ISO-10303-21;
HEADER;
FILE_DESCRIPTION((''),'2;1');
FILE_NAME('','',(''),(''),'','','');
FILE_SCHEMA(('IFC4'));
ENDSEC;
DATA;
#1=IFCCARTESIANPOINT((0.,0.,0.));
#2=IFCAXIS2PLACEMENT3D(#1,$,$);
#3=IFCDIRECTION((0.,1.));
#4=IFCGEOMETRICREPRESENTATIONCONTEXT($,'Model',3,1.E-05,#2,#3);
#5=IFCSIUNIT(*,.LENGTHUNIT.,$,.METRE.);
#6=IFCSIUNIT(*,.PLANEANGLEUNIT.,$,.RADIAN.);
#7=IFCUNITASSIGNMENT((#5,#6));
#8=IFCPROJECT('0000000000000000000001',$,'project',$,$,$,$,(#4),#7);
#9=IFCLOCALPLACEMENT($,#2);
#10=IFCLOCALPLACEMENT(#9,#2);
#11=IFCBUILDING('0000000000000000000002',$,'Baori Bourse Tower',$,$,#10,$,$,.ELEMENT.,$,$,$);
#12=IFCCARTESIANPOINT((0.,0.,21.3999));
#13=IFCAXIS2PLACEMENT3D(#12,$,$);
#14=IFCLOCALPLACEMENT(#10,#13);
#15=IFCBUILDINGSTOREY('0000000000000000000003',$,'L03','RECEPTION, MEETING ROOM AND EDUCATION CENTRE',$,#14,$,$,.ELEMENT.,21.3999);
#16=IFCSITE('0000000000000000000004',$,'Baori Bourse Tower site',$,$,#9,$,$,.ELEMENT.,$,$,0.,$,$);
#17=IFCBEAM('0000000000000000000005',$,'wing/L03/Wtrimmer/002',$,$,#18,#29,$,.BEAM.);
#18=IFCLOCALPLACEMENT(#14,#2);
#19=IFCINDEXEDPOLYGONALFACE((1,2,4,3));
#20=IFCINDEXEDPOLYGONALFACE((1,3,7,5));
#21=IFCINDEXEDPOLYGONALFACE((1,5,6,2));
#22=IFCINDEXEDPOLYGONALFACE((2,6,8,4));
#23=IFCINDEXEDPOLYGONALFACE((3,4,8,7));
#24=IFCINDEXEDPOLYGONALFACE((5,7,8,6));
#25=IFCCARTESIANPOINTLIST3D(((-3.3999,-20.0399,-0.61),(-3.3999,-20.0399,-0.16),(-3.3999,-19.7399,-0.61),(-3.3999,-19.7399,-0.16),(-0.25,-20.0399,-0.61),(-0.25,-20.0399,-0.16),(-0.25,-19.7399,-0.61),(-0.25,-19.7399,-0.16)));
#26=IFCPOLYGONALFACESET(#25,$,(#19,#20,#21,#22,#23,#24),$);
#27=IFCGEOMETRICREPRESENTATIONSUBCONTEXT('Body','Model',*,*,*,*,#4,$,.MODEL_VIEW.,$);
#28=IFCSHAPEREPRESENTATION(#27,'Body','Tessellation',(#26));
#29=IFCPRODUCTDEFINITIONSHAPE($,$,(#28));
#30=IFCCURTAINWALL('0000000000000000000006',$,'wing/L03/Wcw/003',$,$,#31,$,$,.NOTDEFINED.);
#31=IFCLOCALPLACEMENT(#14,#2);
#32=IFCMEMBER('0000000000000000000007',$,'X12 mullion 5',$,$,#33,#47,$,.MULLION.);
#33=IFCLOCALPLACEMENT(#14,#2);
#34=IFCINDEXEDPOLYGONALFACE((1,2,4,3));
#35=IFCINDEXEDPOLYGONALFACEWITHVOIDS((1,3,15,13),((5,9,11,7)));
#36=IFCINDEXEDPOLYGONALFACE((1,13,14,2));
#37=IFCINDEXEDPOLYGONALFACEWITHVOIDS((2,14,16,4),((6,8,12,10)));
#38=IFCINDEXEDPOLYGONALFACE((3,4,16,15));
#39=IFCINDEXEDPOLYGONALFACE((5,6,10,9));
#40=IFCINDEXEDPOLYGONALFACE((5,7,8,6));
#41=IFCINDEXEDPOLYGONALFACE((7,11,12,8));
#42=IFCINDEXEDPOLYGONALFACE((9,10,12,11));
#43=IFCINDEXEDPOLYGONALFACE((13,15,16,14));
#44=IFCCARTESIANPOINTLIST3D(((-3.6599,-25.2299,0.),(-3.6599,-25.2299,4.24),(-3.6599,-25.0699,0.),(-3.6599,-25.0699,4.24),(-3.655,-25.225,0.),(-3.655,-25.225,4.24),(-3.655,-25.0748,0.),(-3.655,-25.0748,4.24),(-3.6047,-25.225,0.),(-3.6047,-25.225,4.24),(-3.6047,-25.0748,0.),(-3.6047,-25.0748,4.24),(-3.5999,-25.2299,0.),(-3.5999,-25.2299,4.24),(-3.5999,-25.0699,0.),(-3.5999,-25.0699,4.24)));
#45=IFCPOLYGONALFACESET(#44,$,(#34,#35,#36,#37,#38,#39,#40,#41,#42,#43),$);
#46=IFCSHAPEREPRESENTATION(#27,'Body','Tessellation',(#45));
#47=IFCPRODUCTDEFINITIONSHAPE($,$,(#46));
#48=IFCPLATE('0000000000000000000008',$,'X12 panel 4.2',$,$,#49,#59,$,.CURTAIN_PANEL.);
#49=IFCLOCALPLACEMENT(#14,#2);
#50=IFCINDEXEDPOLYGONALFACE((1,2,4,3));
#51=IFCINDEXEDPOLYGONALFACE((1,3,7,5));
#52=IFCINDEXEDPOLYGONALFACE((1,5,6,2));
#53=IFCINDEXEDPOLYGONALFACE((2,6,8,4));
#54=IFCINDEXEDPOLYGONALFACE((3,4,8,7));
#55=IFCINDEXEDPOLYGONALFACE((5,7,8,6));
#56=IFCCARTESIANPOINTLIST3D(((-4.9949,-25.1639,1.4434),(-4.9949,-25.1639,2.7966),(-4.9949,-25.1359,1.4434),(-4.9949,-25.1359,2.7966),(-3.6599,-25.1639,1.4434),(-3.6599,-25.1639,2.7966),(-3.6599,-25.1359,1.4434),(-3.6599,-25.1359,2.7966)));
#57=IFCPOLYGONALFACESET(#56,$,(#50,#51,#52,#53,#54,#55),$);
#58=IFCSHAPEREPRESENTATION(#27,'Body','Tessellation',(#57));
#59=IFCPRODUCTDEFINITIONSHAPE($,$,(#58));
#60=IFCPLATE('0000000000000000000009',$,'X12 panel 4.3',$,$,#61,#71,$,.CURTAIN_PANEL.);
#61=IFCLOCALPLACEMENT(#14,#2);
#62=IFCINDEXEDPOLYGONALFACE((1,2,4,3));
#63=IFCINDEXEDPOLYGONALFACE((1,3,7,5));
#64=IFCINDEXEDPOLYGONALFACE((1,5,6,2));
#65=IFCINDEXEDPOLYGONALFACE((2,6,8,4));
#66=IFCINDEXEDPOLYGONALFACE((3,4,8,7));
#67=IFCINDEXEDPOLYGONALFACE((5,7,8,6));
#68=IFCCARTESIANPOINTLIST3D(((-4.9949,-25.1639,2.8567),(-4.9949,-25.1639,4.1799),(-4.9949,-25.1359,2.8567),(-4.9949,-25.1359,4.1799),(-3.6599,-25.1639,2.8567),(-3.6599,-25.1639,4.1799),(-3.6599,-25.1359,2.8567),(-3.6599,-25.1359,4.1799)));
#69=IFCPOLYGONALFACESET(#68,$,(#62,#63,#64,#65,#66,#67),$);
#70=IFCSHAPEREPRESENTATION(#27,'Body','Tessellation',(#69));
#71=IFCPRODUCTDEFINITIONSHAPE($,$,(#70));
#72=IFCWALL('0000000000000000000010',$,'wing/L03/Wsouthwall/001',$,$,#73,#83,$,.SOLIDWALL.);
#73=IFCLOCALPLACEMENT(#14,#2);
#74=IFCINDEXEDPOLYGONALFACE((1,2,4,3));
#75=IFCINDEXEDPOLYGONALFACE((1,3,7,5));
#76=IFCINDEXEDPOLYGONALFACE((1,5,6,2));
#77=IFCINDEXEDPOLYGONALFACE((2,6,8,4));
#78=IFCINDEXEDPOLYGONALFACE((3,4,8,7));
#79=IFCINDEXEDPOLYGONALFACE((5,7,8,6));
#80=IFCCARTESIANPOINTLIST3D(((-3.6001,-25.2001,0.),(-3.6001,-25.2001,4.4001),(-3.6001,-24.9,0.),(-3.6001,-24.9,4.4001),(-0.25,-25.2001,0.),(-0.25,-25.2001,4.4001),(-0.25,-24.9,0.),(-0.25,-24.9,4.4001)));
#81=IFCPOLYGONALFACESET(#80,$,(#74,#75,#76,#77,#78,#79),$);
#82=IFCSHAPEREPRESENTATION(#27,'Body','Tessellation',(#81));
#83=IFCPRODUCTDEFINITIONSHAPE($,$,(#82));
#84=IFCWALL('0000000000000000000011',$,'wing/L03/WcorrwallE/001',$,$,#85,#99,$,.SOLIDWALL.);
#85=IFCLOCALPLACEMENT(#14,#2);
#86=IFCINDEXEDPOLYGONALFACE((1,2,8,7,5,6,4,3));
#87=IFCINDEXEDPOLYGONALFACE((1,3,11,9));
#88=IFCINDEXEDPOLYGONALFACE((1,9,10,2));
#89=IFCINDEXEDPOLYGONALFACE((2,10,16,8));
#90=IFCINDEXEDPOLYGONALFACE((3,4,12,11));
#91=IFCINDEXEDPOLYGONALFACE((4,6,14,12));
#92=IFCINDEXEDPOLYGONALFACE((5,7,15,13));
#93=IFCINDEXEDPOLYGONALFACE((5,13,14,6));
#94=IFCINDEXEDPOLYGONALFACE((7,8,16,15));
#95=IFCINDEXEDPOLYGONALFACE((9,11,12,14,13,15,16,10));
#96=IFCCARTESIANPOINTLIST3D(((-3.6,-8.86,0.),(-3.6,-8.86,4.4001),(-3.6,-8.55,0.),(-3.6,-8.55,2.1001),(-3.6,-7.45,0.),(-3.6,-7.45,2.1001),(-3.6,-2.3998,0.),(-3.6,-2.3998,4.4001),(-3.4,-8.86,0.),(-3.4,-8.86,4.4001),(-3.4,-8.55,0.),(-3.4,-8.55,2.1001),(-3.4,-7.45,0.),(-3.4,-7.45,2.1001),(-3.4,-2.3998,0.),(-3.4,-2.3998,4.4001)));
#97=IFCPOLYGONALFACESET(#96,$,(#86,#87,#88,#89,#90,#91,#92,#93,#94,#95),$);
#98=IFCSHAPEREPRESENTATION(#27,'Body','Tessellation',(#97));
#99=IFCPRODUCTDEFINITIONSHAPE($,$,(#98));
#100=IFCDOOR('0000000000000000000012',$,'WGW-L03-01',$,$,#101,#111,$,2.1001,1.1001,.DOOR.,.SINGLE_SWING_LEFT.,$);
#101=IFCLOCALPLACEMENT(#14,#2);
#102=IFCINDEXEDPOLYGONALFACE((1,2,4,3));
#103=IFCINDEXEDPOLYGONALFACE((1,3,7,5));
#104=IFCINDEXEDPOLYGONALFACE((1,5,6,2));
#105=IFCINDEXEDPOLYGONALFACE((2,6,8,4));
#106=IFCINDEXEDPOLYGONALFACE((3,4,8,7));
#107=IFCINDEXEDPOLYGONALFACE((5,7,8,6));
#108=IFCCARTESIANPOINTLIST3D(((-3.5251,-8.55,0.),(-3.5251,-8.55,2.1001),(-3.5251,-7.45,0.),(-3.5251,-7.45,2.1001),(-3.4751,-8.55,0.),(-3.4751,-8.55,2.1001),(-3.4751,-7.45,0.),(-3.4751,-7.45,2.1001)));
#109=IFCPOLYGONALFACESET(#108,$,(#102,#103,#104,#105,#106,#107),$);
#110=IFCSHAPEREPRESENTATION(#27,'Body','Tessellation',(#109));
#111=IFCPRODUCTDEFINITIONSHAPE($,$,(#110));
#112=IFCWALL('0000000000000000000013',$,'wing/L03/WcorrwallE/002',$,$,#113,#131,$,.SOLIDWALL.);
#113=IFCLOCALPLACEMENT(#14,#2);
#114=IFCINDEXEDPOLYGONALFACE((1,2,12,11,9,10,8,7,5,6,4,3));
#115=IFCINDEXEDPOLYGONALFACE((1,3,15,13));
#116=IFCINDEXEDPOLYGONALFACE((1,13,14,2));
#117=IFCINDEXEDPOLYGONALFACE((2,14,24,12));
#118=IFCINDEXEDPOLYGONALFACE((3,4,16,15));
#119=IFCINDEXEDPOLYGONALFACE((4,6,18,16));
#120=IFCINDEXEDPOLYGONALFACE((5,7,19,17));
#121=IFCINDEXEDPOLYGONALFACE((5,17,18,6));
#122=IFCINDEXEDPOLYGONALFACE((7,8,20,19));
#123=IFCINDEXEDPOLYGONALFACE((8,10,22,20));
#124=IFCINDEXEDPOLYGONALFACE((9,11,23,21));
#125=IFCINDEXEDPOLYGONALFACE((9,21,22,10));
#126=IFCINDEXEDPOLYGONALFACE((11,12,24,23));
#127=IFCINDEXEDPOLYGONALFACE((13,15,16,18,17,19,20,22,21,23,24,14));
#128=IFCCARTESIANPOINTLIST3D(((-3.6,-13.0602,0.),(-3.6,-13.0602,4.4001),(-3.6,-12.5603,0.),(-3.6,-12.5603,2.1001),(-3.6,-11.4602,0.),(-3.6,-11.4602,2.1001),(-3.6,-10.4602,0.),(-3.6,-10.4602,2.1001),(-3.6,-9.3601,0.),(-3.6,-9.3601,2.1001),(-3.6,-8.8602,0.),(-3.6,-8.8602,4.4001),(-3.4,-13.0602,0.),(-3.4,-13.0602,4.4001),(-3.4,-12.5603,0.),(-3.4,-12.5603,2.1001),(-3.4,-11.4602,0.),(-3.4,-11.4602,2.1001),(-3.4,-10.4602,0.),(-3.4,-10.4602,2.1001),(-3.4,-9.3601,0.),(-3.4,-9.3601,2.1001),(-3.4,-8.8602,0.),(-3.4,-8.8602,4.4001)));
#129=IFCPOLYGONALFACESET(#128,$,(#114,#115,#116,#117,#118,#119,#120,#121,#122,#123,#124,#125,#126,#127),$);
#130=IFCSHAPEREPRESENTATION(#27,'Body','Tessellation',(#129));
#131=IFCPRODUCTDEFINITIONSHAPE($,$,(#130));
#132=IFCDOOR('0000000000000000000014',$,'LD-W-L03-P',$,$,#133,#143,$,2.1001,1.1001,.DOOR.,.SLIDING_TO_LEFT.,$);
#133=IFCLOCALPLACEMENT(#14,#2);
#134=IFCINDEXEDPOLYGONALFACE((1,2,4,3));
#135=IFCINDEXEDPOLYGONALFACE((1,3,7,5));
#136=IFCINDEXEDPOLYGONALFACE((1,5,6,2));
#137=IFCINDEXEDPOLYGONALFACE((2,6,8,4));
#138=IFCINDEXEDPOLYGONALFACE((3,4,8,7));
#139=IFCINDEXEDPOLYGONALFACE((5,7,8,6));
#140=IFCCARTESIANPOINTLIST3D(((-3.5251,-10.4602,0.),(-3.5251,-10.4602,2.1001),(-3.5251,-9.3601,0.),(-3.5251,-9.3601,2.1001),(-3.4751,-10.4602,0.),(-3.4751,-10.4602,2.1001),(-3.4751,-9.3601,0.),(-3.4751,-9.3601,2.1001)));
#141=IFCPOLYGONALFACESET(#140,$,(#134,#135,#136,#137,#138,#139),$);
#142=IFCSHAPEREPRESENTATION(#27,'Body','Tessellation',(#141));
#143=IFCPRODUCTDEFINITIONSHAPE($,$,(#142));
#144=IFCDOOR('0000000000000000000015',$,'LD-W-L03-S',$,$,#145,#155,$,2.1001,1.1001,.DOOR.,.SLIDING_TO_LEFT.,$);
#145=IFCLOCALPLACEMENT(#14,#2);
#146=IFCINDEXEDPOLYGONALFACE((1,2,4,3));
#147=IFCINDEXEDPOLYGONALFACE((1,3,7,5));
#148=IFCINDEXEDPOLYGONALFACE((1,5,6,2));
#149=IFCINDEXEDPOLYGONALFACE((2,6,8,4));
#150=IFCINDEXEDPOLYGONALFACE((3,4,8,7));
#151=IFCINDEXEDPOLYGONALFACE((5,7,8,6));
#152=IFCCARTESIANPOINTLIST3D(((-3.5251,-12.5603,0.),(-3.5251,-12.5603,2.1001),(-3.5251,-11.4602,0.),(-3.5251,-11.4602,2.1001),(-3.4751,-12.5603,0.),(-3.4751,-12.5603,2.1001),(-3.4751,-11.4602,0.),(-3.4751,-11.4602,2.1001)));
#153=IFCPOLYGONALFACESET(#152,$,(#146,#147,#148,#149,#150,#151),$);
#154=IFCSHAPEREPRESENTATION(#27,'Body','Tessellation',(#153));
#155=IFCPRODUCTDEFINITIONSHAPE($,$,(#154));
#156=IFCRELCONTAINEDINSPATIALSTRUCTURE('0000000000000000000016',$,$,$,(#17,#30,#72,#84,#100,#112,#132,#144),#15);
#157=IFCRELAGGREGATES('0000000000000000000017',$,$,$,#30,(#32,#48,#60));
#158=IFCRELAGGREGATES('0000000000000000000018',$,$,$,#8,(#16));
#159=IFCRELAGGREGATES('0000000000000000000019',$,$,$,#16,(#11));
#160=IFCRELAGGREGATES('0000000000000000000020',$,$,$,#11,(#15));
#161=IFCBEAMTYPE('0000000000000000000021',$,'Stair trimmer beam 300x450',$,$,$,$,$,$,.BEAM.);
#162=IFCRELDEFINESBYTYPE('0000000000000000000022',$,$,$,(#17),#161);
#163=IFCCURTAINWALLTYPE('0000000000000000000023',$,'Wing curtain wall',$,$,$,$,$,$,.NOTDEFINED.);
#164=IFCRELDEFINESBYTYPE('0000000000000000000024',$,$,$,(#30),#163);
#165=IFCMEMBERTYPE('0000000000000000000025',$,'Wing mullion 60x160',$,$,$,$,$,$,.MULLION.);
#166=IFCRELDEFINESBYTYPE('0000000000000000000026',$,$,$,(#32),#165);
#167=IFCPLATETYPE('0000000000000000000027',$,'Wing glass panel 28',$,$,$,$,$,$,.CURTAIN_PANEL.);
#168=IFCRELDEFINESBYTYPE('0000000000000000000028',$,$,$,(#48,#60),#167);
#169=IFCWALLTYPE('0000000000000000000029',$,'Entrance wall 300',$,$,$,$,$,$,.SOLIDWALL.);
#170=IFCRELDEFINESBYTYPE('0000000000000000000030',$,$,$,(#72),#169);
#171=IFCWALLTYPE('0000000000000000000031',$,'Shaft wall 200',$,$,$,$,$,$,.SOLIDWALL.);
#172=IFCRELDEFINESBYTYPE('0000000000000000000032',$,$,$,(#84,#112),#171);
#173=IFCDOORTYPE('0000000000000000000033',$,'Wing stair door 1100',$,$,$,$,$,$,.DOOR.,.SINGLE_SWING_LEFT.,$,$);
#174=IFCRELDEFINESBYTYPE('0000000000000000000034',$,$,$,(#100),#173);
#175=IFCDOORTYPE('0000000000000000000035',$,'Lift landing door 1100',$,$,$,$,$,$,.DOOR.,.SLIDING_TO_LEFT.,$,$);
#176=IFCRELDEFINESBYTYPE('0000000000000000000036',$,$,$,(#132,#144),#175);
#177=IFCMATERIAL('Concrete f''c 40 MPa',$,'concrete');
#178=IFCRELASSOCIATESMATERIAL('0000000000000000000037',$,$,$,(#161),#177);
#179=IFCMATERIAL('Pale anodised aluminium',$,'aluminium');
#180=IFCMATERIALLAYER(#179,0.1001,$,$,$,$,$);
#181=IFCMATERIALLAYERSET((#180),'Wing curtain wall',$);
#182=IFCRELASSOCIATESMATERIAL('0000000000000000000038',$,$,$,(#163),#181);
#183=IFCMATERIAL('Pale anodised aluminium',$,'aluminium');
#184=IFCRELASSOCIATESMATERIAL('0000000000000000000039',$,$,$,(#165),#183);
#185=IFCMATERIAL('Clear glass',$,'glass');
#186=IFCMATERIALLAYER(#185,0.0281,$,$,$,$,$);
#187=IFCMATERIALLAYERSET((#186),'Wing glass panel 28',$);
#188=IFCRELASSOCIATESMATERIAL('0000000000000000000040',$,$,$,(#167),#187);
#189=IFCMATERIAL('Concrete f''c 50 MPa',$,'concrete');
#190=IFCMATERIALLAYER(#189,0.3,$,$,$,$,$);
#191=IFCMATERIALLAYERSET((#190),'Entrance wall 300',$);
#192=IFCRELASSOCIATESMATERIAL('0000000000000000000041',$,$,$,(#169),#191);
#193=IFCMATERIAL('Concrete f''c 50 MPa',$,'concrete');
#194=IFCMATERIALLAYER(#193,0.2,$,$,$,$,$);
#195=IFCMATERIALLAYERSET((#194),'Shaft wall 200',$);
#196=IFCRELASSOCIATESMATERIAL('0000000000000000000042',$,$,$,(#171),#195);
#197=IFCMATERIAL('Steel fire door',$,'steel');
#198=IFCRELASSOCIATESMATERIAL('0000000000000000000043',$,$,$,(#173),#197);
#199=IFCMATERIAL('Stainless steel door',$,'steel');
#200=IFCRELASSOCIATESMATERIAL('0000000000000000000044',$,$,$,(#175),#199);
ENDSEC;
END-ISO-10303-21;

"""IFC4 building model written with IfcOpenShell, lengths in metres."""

from ifc_helpers import new_model, si_unit, direction, frame, frame_2d, origin, origin_2d, place, context, subcontext, project, spatial, rectangle, hollow_rectangle, extrude, material, layer, layer_set, material_profile, profile_set, type_object, element, fill, aggregate, save


model = new_model("IFC4")

# Units and contexts
model_context = context("Model", 3, precision=1e-05, world=origin(), true_north=direction((0.0, 1.0)))
body_context = subcontext(model_context, "Body", "Model", "MODEL_VIEW")
ifc_project = project(units=[si_unit("LENGTHUNIT", "METRE"), si_unit("PLANEANGLEUNIT", "RADIAN")], contexts=[model_context])

# Site, building, storey
site_placement = place(None, origin())
site = spatial("IfcSite", under=ifc_project, at=site_placement, Name="Baori Bourse Tower site", CompositionType="ELEMENT", RefElevation=0.0)
building_placement = place(site_placement, origin())
building = spatial("IfcBuilding", under=site, at=building_placement, Name="Baori Bourse Tower", CompositionType="ELEMENT")
storey_placement = place(building_placement, frame((0.0, 0.0, 21.3999)))
storey = spatial("IfcBuildingStorey", under=building, at=storey_placement, Name="L03", Description="RECEPTION, MEETING ROOM AND EDUCATION CENTRE", CompositionType="ELEMENT", Elevation=21.3999)

# Beam
ifc_material_1 = material(Name="Concrete f'c 40 MPa", Category="concrete")
ifc_material_profile_1 = material_profile(ifc_material_1, rectangle(XDim=0.3, YDim=0.45, at=origin_2d()), Name="Stair trimmer beam 300x450")
ifc_profile_set_1 = profile_set([ifc_material_profile_1], Name="Concrete f'c 40 MPa")
beam_type = type_object("IfcBeamType", Name="Stair trimmer beam 300x450", PredefinedType="BEAM", material=ifc_profile_set_1)
beam_placement = place(storey_placement, frame((-3.3999, -19.8899, -0.385), z_axis=(1.0, 0.0, 0.0), x_axis=(0.0, 1.0, 0.0)))
element("IfcBeam", 1, at=beam_placement, inside=storey, type_object=beam_type, Name="wing/L03/Wtrimmer/002", PredefinedType="BEAM", context=body_context, shape_type="SweptSolid", body=[
    extrude(rectangle(XDim=0.3, YDim=0.45, at=origin_2d()), origin(), (0.0, 0.0, 1.0), 3.1499),
])

# Curtain wall, member, plates
ifc_material_2 = material(Name="Pale anodised aluminium", Category="aluminium")
ifc_layer_1 = layer(ifc_material_2, 0.1001)
ifc_layer_set_1 = layer_set([ifc_layer_1], Name="Wing curtain wall")
curtain_wall_type = type_object("IfcCurtainWallType", Name="Wing curtain wall", PredefinedType="NOTDEFINED", material=ifc_layer_set_1)
curtain_wall_placement = place(storey_placement, origin())
curtain_wall = element("IfcCurtainWall", 2, at=curtain_wall_placement, inside=storey, type_object=curtain_wall_type, Name="wing/L03/Wcw/003", PredefinedType="NOTDEFINED")
ifc_material_3 = material(Name="Pale anodised aluminium", Category="aluminium")
ifc_material_profile_2 = material_profile(ifc_material_3, hollow_rectangle(XDim=0.1599, YDim=0.0601, WallThickness=0.0049, at=origin_2d()), Name="Mullion 160x60x5")
ifc_profile_set_2 = profile_set([ifc_material_profile_2], Name="Pale anodised aluminium")
member_type = type_object("IfcMemberType", Name="Wing mullion 60x160", PredefinedType="MULLION", material=ifc_profile_set_2)
member_placement = place(storey_placement, frame((-3.6299, -25.1499, 0.0), z_axis=(0.0, 0.0, 1.0), x_axis=(0.0, 1.0, 0.0)))
member = element("IfcMember", 3, at=member_placement, type_object=member_type, Name="X12 mullion 5", PredefinedType="MULLION", context=body_context, shape_type="SweptSolid", body=[
    extrude(hollow_rectangle(XDim=0.1599, YDim=0.0601, WallThickness=0.0049, at=origin_2d()), origin(), (0.0, 0.0, 1.0), 4.24),
])
ifc_material_4 = material(Name="Clear glass", Category="glass")
ifc_layer_2 = layer(ifc_material_4, 0.0281)
ifc_layer_set_2 = layer_set([ifc_layer_2], Name="Wing glass panel 28")
plate_type = type_object("IfcPlateType", Name="Wing glass panel 28", PredefinedType="CURTAIN_PANEL", material=ifc_layer_set_2)
plate_1_placement = place(storey_placement, frame((-4.3274, -25.1499, 1.4434), z_axis=(0.0, 0.0, 1.0), x_axis=(1.0, 0.0, 0.0)))
plate_1 = element("IfcPlate", 4, at=plate_1_placement, type_object=plate_type, Name="X12 panel 4.2", PredefinedType="CURTAIN_PANEL", context=body_context, shape_type="SweptSolid", body=[
    extrude(rectangle(XDim=1.335, YDim=0.0281, at=origin_2d()), origin(), (0.0, 0.0, 1.0), 1.3533),
])
plate_2_placement = place(storey_placement, frame((-4.3274, -25.1499, 2.8567), z_axis=(0.0, 0.0, 1.0), x_axis=(1.0, 0.0, 0.0)))
plate_2 = element("IfcPlate", 5, at=plate_2_placement, type_object=plate_type, Name="X12 panel 4.3", PredefinedType="CURTAIN_PANEL", context=body_context, shape_type="SweptSolid", body=[
    extrude(rectangle(XDim=1.335, YDim=0.0281, at=origin_2d()), origin(), (0.0, 0.0, 1.0), 1.3232),
])
aggregate(curtain_wall, [member, plate_1, plate_2])

# Wall
ifc_material_5 = material(Name="Concrete f'c 50 MPa", Category="concrete")
ifc_layer_3 = layer(ifc_material_5, 0.3)
ifc_layer_set_3 = layer_set([ifc_layer_3], Name="Entrance wall 300")
wall_type_1 = type_object("IfcWallType", Name="Entrance wall 300", PredefinedType="SOLIDWALL", material=ifc_layer_set_3)
wall_1_placement = place(storey_placement, frame((-3.6001, -25.05, 0.0), z_axis=(0.0, 0.0, 1.0), x_axis=(1.0, 0.0, 0.0)))
element("IfcWall", 6, at=wall_1_placement, inside=storey, type_object=wall_type_1, Name="wing/L03/Wsouthwall/001", PredefinedType="SOLIDWALL", context=body_context, shape_type="SweptSolid", body=[
    extrude(rectangle(XDim=3.3501, YDim=0.3, at=frame_2d((1.675, 0.0))), origin(), (0.0, 0.0, 1.0), 4.4001),
])

# Wall, opening, door
ifc_material_6 = material(Name="Concrete f'c 50 MPa", Category="concrete")
ifc_layer_4 = layer(ifc_material_6, 0.2)
ifc_layer_set_4 = layer_set([ifc_layer_4], Name="Shaft wall 200")
wall_type_2 = type_object("IfcWallType", Name="Shaft wall 200", PredefinedType="SOLIDWALL", material=ifc_layer_set_4)
wall_2_placement = place(storey_placement, frame((-3.5, -2.3999, 0.0), z_axis=(0.0, 0.0, 1.0), x_axis=(0.0, -1.0, 0.0)))
wall_2 = element("IfcWall", 7, at=wall_2_placement, inside=storey, type_object=wall_type_2, Name="wing/L03/WcorrwallE/001", PredefinedType="SOLIDWALL", context=body_context, shape_type="SweptSolid", body=[
    extrude(rectangle(XDim=6.4602, YDim=0.2, at=frame_2d((3.23, 0.0))), origin(), (0.0, 0.0, 1.0), 4.4001),
])
opening_1_placement = place(wall_2_placement, frame((5.05, 0.0, 0.0)))
opening_1 = element("IfcOpeningElement", 8, at=opening_1_placement, cuts=wall_2, PredefinedType="OPENING", context=body_context, shape_type="SweptSolid", body=[
    extrude(rectangle(XDim=1.1001, YDim=2.1001, at=frame_2d((0.55, 1.05))), frame((0.0, 0.1099, 0.0), z_axis=(0.0, -1.0, 0.0), x_axis=(1.0, 0.0, 0.0)), (0.0, 0.0, 1.0), 0.22),
])
ifc_material_7 = material(Name="Steel fire door", Category="steel")
door_type_1 = type_object("IfcDoorType", Name="Wing stair door 1100", OperationType="SINGLE_SWING_LEFT", PredefinedType="DOOR", material=ifc_material_7)
door_1_placement = place(opening_1_placement, origin())
door_1 = element("IfcDoor", 9, at=door_1_placement, inside=storey, type_object=door_type_1, Name="WGW-L03-01", OperationType="SINGLE_SWING_LEFT", OverallHeight=2.1001, OverallWidth=1.1001, PredefinedType="DOOR", context=body_context, shape_type="SweptSolid", body=[
    extrude(rectangle(XDim=1.1001, YDim=2.1001, at=frame_2d((0.55, 1.05))), frame((0.0, 0.0249, 0.0), z_axis=(0.0, -1.0, 0.0), x_axis=(1.0, 0.0, 0.0)), (0.0, 0.0, 1.0), 0.05),
])
fill(opening_1, door_1)

# Wall, openings, doors
wall_3_placement = place(storey_placement, frame((-3.5, -8.8601, 0.0), z_axis=(0.0, 0.0, 1.0), x_axis=(0.0, -1.0, 0.0)))
wall_3 = element("IfcWall", 10, at=wall_3_placement, inside=storey, type_object=wall_type_2, Name="wing/L03/WcorrwallE/002", PredefinedType="SOLIDWALL", context=body_context, shape_type="SweptSolid", body=[
    extrude(rectangle(XDim=4.2, YDim=0.2, at=frame_2d((2.1001, 0.0))), origin(), (0.0, 0.0, 1.0), 4.4001),
])
opening_2_placement = place(wall_3_placement, frame((0.5, 0.0, 0.0)))
opening_2 = element("IfcOpeningElement", 11, at=opening_2_placement, cuts=wall_3, PredefinedType="OPENING", context=body_context, shape_type="SweptSolid", body=[
    extrude(rectangle(XDim=1.1001, YDim=2.1001, at=frame_2d((0.55, 1.05))), frame((0.0, 0.1099, 0.0), z_axis=(0.0, -1.0, 0.0), x_axis=(1.0, 0.0, 0.0)), (0.0, 0.0, 1.0), 0.22),
])
opening_3_placement = place(wall_3_placement, frame((2.6001, 0.0, 0.0)))
opening_3 = element("IfcOpeningElement", 12, at=opening_3_placement, cuts=wall_3, PredefinedType="OPENING", context=body_context, shape_type="SweptSolid", body=[
    extrude(rectangle(XDim=1.1001, YDim=2.1001, at=frame_2d((0.55, 1.05))), frame((0.0, 0.1099, 0.0), z_axis=(0.0, -1.0, 0.0), x_axis=(1.0, 0.0, 0.0)), (0.0, 0.0, 1.0), 0.22),
])
ifc_material_8 = material(Name="Stainless steel door", Category="steel")
door_type_2 = type_object("IfcDoorType", Name="Lift landing door 1100", OperationType="SLIDING_TO_LEFT", PredefinedType="DOOR", material=ifc_material_8)
door_2_placement = place(opening_2_placement, origin())
door_2 = element("IfcDoor", 13, at=door_2_placement, inside=storey, type_object=door_type_2, Name="LD-W-L03-P", OperationType="SLIDING_TO_LEFT", OverallHeight=2.1001, OverallWidth=1.1001, PredefinedType="DOOR", context=body_context, shape_type="SweptSolid", body=[
    extrude(rectangle(XDim=1.1001, YDim=2.1001, at=frame_2d((0.55, 1.05))), frame((0.0, 0.0249, 0.0), z_axis=(0.0, -1.0, 0.0), x_axis=(1.0, 0.0, 0.0)), (0.0, 0.0, 1.0), 0.05),
])
fill(opening_2, door_2)
door_3_placement = place(opening_3_placement, origin())
door_3 = element("IfcDoor", 14, at=door_3_placement, inside=storey, type_object=door_type_2, Name="LD-W-L03-S", OperationType="SLIDING_TO_LEFT", OverallHeight=2.1001, OverallWidth=1.1001, PredefinedType="DOOR", context=body_context, shape_type="SweptSolid", body=[
    extrude(rectangle(XDim=1.1001, YDim=2.1001, at=frame_2d((0.55, 1.05))), frame((0.0, 0.0249, 0.0), z_axis=(0.0, -1.0, 0.0), x_axis=(1.0, 0.0, 0.0)), (0.0, 0.0, 1.0), 0.05),
])
fill(opening_3, door_3)

save(model, "model.ifc")
